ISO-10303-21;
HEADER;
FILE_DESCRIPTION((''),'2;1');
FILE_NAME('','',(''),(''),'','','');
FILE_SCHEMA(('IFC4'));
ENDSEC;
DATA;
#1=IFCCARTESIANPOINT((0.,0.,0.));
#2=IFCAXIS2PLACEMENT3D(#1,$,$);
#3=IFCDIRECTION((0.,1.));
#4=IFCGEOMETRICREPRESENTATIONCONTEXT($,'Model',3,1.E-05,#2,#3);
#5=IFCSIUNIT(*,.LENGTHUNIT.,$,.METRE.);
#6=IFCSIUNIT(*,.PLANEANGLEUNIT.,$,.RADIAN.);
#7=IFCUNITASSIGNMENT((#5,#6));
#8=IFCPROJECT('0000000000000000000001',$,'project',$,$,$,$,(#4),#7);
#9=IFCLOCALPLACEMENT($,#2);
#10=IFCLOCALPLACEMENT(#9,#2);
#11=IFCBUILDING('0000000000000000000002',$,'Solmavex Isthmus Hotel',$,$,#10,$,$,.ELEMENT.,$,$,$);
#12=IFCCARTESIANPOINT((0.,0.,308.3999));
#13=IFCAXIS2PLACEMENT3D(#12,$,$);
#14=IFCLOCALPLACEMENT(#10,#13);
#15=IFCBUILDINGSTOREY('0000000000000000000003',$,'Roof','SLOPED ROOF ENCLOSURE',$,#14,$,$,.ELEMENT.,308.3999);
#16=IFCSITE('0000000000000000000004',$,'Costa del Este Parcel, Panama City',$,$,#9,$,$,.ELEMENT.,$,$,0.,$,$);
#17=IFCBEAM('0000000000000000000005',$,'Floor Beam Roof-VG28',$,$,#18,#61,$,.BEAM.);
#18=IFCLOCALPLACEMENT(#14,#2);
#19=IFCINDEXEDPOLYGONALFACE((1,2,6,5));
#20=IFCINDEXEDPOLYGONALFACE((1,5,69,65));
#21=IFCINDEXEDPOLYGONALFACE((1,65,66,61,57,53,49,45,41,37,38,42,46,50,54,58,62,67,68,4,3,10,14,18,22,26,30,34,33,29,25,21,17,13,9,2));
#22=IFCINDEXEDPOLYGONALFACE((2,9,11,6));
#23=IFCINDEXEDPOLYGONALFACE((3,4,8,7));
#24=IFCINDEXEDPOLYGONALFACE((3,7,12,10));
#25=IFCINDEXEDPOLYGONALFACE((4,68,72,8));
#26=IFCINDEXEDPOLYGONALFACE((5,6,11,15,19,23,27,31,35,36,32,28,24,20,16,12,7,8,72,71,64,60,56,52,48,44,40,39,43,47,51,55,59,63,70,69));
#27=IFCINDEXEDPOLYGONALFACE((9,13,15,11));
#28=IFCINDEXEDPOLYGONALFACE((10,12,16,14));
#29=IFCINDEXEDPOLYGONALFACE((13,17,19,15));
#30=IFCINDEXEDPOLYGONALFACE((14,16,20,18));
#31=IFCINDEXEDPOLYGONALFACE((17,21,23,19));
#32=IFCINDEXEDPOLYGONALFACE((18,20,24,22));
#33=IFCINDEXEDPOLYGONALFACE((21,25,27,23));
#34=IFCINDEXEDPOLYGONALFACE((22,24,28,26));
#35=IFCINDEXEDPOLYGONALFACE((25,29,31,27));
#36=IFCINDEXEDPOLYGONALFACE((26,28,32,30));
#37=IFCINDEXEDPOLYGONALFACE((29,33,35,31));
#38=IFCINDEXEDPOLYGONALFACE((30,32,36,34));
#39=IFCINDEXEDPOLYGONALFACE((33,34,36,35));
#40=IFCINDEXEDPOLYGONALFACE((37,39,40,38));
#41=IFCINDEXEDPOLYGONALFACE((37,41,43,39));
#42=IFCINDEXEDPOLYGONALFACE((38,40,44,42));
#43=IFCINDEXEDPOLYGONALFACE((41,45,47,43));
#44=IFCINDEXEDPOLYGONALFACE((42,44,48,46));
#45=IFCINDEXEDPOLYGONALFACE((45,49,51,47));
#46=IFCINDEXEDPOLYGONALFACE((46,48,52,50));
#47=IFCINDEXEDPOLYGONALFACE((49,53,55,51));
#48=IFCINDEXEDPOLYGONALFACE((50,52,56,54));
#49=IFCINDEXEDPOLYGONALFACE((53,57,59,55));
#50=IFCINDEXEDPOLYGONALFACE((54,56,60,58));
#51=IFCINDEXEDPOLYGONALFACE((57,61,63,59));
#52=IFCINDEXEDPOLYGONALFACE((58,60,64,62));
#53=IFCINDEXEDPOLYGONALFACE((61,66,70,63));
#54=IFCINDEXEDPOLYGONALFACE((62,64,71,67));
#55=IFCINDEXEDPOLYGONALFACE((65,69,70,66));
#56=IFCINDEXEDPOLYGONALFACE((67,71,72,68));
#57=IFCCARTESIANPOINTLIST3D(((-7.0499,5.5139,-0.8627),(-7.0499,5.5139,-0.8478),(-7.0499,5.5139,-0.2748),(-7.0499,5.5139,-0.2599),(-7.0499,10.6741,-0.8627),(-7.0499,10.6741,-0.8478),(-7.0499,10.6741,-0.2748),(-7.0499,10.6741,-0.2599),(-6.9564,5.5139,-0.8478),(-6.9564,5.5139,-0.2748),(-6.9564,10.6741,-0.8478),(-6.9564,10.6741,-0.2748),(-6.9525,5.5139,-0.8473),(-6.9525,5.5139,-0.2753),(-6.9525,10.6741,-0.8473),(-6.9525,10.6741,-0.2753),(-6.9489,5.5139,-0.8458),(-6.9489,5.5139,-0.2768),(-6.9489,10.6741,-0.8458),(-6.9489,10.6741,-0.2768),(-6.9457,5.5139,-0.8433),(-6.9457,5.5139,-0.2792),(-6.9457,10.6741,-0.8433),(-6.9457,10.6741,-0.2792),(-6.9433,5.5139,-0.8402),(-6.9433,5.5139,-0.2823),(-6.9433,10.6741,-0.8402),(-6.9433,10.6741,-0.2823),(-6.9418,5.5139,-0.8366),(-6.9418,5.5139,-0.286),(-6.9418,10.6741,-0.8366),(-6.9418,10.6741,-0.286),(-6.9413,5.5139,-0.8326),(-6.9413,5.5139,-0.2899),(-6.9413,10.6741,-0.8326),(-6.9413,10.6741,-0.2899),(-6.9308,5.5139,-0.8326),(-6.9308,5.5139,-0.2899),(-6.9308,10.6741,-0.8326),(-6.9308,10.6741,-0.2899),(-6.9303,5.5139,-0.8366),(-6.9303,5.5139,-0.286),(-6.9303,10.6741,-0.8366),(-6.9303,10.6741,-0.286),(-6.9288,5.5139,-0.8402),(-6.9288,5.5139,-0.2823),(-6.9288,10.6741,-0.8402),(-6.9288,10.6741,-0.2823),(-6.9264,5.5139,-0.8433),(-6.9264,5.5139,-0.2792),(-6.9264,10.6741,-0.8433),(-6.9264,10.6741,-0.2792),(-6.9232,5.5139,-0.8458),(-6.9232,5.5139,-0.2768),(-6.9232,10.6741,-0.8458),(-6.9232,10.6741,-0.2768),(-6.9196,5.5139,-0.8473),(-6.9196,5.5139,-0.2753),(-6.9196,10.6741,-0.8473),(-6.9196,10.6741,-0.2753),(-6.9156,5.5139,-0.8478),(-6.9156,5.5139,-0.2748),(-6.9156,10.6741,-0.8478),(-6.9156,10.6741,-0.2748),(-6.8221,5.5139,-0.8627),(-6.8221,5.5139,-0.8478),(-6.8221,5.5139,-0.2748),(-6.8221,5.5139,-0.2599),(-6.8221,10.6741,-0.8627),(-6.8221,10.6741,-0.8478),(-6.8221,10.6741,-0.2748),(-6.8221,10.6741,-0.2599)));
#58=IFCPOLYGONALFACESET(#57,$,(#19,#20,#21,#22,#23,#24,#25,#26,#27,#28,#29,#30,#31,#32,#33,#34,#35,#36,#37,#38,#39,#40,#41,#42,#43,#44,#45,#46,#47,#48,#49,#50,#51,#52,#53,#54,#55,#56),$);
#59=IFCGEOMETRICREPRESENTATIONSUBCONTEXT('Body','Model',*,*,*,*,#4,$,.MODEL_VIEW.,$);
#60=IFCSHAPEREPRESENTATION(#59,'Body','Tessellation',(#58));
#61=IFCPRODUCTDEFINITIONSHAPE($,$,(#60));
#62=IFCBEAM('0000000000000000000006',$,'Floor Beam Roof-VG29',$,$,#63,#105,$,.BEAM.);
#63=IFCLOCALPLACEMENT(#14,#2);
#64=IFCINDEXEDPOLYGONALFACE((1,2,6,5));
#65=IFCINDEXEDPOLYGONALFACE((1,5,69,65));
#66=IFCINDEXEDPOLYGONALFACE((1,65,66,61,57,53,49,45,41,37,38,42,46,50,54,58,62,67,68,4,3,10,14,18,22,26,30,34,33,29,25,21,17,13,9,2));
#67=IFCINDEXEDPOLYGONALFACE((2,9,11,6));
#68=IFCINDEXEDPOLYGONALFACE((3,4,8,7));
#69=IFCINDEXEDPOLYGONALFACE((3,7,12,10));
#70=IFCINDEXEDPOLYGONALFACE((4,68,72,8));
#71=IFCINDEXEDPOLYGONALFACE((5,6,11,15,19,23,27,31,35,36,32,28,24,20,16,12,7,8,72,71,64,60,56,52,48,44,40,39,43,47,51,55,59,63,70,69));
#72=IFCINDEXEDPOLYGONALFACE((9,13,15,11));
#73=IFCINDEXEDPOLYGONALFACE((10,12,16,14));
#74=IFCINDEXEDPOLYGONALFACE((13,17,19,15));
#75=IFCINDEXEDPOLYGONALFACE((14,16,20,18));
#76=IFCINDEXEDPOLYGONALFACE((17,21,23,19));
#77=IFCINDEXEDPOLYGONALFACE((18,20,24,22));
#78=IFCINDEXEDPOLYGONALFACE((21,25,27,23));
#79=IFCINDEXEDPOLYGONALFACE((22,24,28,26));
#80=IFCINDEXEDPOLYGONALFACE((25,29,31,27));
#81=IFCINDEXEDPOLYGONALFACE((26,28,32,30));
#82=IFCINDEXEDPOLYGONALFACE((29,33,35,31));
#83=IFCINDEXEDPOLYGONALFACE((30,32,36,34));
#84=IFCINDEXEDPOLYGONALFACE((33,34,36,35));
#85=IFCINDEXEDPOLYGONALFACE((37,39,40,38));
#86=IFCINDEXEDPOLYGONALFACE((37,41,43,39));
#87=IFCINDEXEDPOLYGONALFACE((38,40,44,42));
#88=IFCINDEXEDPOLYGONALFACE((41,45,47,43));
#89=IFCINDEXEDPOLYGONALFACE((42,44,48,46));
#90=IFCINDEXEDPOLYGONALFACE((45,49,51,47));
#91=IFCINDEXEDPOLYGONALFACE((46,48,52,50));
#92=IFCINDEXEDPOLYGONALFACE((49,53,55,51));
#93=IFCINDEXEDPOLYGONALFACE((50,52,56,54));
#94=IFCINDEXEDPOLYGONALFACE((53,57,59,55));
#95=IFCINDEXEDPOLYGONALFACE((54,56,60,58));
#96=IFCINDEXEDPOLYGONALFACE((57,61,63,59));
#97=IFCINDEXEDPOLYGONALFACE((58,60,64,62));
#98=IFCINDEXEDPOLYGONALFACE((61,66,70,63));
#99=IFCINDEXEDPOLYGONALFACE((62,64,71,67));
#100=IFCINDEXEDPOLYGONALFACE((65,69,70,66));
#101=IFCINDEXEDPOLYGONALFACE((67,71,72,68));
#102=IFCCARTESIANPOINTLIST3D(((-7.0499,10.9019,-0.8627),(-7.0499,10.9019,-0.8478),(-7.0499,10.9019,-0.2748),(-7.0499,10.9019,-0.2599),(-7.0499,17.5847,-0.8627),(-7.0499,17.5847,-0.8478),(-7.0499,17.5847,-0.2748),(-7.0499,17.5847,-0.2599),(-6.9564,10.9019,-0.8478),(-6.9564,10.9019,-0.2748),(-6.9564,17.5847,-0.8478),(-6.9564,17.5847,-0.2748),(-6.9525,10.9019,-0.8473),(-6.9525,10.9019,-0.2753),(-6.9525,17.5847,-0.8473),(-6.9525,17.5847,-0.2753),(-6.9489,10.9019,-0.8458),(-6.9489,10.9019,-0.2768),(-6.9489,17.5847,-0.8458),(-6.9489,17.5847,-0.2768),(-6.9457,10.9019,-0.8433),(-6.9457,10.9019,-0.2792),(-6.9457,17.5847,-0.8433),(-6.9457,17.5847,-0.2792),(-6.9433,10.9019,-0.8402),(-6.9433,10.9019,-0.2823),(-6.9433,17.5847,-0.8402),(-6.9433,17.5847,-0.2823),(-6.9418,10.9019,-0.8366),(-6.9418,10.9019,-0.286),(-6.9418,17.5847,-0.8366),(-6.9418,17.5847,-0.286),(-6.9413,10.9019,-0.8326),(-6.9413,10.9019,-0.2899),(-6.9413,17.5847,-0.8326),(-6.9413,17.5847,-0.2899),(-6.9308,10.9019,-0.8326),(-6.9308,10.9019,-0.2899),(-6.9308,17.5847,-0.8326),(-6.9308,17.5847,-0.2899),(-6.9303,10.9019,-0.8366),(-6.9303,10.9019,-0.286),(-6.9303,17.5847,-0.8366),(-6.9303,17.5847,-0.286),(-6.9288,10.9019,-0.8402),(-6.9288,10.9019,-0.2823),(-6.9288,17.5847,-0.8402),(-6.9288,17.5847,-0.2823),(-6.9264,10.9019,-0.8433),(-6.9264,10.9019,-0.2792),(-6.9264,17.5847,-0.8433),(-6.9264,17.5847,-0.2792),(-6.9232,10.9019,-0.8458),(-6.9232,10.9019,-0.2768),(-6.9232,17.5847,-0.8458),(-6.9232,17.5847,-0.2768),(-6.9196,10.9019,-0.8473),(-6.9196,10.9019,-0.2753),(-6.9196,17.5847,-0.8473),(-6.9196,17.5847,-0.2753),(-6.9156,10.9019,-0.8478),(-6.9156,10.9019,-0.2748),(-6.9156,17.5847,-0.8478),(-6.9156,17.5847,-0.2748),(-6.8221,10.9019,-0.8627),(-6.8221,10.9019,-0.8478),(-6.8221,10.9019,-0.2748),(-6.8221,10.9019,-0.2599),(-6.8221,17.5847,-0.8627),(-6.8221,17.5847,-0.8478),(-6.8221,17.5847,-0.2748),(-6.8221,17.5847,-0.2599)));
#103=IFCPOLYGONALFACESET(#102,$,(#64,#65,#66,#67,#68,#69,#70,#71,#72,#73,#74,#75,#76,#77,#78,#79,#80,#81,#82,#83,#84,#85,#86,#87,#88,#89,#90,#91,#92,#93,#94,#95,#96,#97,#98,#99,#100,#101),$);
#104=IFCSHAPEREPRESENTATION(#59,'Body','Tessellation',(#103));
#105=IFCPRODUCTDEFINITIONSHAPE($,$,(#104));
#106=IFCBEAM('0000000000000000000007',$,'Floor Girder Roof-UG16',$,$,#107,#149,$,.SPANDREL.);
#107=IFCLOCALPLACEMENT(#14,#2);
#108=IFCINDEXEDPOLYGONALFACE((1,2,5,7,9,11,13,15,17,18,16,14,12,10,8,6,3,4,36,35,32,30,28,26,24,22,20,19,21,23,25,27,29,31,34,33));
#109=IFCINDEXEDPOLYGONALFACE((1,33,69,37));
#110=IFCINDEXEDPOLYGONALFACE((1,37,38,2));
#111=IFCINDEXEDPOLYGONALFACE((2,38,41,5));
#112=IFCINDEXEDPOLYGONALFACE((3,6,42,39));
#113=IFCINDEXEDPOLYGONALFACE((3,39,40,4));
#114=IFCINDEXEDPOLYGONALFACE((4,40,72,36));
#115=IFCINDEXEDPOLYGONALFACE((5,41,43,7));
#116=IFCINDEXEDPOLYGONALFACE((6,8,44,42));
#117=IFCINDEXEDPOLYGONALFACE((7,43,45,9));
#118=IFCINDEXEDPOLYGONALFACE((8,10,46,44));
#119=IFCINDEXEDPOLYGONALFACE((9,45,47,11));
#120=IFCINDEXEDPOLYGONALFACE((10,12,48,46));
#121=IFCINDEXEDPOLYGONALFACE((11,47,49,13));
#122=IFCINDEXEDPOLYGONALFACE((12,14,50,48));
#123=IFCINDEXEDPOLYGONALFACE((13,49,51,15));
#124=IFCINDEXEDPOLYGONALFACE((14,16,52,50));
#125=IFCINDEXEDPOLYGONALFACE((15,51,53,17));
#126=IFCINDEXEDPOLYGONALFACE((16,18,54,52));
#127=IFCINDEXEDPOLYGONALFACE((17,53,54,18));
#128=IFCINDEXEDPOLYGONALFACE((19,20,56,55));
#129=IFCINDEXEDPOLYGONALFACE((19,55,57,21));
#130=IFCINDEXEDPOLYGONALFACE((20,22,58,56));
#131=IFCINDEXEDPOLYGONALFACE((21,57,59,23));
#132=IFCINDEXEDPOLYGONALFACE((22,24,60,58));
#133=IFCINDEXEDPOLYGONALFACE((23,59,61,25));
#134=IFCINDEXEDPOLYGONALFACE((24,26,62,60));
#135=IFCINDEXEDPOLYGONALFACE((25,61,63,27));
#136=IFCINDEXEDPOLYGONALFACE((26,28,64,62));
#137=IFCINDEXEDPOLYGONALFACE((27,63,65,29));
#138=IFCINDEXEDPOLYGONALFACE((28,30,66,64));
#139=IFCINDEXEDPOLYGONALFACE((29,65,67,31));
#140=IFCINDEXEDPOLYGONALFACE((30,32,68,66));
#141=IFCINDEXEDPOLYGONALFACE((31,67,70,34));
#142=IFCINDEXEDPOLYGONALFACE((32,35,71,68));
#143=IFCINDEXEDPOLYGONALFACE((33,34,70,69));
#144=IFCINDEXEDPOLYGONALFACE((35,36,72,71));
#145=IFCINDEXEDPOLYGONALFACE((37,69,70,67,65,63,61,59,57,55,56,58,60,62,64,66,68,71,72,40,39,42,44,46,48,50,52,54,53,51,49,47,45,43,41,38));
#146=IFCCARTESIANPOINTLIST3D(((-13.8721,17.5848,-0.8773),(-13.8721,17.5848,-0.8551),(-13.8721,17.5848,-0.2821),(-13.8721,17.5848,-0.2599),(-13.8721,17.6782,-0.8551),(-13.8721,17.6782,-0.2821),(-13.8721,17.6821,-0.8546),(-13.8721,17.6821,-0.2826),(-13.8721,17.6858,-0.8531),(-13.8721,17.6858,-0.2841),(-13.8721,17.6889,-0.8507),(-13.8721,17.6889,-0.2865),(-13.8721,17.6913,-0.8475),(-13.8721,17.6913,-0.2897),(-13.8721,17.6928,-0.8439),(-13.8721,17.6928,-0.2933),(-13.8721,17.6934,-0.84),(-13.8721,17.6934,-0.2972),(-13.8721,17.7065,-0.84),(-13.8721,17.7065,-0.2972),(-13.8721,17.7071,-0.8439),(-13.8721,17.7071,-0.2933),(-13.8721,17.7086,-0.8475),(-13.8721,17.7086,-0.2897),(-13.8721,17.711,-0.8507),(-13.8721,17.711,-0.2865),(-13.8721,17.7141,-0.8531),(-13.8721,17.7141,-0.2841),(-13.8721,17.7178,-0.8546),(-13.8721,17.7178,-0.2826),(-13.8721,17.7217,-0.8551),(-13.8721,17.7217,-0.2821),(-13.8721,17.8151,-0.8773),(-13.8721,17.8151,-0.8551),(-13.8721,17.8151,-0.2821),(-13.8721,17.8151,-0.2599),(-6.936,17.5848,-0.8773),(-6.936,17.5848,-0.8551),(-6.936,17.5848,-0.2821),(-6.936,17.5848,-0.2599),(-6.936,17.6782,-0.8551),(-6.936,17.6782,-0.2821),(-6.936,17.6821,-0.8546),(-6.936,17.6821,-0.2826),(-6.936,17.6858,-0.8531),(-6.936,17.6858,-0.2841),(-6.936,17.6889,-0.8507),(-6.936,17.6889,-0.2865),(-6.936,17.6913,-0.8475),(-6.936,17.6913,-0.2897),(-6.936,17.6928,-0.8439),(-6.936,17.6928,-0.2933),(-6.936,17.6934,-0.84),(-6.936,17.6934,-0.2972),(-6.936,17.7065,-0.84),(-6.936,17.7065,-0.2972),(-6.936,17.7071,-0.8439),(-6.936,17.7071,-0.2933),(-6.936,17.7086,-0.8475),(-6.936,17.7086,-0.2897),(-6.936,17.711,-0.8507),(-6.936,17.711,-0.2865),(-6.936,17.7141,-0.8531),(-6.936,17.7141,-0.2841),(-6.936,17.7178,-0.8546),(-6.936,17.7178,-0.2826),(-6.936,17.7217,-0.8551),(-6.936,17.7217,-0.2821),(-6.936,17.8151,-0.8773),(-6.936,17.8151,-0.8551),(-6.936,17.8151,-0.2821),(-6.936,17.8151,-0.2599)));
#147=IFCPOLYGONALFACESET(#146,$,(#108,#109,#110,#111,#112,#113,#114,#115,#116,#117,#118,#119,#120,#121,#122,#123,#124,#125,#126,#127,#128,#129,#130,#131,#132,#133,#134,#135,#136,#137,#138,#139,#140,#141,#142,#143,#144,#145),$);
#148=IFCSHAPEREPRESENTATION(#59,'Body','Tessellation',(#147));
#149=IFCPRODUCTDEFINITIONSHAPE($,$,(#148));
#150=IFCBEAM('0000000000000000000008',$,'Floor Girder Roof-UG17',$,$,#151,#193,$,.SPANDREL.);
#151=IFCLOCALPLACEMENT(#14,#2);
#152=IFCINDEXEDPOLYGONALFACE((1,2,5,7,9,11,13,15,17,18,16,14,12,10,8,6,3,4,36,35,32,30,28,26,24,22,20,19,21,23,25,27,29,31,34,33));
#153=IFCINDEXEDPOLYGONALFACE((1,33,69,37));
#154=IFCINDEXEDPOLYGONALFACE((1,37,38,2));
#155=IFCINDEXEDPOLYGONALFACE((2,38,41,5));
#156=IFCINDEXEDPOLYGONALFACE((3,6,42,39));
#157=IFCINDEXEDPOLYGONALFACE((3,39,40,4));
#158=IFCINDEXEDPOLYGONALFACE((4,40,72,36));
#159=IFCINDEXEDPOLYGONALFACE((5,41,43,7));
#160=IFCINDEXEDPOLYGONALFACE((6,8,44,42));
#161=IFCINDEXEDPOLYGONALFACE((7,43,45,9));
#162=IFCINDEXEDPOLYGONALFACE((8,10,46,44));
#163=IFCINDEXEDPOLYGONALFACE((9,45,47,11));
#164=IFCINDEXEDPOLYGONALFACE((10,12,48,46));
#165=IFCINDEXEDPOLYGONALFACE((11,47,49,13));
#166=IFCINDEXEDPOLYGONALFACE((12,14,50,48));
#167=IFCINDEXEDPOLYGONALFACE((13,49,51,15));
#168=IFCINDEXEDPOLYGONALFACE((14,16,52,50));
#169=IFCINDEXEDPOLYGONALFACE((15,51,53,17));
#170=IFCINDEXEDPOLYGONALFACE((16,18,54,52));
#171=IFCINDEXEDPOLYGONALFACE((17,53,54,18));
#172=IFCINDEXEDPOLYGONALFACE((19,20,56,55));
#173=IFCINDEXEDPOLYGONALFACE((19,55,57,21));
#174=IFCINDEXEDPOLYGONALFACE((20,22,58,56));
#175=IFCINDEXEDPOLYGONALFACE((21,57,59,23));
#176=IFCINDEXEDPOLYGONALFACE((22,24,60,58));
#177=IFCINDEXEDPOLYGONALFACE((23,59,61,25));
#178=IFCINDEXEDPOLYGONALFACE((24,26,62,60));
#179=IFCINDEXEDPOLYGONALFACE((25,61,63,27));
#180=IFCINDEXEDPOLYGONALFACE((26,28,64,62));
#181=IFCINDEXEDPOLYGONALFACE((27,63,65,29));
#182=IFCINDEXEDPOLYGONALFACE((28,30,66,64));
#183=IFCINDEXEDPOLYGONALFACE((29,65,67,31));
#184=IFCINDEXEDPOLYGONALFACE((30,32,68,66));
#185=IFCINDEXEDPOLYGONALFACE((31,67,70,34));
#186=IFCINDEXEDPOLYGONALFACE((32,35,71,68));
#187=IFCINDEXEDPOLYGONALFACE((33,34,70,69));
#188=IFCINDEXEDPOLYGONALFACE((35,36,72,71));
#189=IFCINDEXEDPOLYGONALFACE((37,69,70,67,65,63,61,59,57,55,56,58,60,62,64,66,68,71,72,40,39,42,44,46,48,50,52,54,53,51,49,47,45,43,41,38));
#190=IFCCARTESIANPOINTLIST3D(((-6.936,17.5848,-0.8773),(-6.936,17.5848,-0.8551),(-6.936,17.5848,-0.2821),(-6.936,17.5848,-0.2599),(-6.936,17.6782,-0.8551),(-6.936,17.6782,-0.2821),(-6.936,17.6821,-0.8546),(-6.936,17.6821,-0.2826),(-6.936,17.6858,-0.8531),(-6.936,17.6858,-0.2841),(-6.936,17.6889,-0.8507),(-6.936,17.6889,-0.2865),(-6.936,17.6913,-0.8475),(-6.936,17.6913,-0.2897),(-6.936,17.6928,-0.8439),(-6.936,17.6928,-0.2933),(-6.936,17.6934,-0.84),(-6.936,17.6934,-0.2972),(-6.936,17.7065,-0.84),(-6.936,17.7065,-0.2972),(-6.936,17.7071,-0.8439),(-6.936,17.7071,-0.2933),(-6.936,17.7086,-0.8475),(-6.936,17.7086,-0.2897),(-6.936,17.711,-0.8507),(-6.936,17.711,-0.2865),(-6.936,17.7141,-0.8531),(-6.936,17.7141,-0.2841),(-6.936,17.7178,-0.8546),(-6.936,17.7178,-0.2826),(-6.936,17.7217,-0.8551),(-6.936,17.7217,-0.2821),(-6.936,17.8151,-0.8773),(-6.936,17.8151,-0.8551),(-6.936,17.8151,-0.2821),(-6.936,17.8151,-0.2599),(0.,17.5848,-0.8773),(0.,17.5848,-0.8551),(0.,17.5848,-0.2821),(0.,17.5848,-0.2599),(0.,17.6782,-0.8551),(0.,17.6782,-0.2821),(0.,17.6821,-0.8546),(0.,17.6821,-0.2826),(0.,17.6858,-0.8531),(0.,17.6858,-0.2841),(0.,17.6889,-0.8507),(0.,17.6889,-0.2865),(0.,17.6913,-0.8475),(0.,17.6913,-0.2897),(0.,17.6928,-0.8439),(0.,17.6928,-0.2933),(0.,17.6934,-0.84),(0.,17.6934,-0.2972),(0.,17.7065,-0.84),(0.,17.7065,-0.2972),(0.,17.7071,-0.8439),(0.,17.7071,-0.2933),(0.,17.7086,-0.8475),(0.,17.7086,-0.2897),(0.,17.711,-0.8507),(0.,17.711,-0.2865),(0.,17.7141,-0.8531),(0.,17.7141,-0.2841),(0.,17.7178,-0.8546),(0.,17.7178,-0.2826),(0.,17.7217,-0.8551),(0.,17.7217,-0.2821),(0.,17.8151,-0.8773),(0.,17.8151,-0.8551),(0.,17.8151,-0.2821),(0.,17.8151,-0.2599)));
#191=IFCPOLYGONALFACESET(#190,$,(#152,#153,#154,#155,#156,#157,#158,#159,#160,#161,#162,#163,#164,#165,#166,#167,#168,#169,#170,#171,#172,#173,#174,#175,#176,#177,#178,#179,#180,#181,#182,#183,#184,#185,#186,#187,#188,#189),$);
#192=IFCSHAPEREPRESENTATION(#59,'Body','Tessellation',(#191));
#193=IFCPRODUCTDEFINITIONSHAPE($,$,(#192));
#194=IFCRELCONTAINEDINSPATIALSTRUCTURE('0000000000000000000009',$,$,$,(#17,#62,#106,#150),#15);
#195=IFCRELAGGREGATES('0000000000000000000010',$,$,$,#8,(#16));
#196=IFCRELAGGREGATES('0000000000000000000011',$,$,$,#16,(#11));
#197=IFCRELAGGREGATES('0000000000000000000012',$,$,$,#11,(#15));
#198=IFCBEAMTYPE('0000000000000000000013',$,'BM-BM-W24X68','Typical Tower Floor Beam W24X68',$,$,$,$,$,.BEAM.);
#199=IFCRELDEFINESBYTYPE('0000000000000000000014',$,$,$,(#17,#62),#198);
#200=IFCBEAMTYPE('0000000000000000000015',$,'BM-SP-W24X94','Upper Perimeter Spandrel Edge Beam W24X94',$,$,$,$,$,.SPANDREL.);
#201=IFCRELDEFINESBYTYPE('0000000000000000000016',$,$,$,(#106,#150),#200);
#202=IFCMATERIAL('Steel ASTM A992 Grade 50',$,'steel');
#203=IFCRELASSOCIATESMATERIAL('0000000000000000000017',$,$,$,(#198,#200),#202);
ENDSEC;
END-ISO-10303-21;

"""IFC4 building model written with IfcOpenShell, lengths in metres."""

from ifc_helpers import new_model, si_unit, direction, frame, origin, origin_2d, place, context, subcontext, project, spatial, i_section, extrude, material, material_profile, profile_set, type_object, element, save


model = new_model("IFC4")

# Units and contexts
model_context = context("Model", 3, precision=1e-05, world=origin(), true_north=direction((0.0, 1.0)))
body_context = subcontext(model_context, "Body", "Model", "MODEL_VIEW")
ifc_project = project(units=[si_unit("LENGTHUNIT", "METRE"), si_unit("PLANEANGLEUNIT", "RADIAN")], contexts=[model_context])

# Site, building, storey
site_placement = place(None, origin())
site = spatial("IfcSite", under=ifc_project, at=site_placement, Name="Costa del Este Parcel, Panama City", CompositionType="ELEMENT", RefElevation=0.0)
building_placement = place(site_placement, origin())
building = spatial("IfcBuilding", under=site, at=building_placement, Name="Solmavex Isthmus Hotel", CompositionType="ELEMENT")
storey_placement = place(building_placement, frame((0.0, 0.0, 308.3999)))
storey = spatial("IfcBuildingStorey", under=building, at=storey_placement, Name="Roof", Description="SLOPED ROOF ENCLOSURE", CompositionType="ELEMENT", Elevation=308.3999)

# Beams
ifc_material_1 = material(Name="Steel ASTM A992 Grade 50", Category="steel")
ifc_material_profile_1 = material_profile(ifc_material_1, i_section(OverallWidth=0.2278, OverallDepth=0.6028, WebThickness=0.0105, FlangeThickness=0.0149, FilletRadius=0.0151, at=origin_2d()), Name="W24X68")
ifc_profile_set_1 = profile_set([ifc_material_profile_1], Name="Steel ASTM A992 Grade 50")
beam_type_1 = type_object("IfcBeamType", Name="BM-BM-W24X68", Description="Typical Tower Floor Beam W24X68", PredefinedType="BEAM", material=ifc_profile_set_1)
beam_1_placement = place(storey_placement, frame((-6.936, 5.5139, -0.5613), z_axis=(0.0, 1.0, 0.0), x_axis=(-1.0, 0.0, 0.0)))
element("IfcBeam", 1, at=beam_1_placement, inside=storey, type_object=beam_type_1, Name="Floor Beam Roof-VG28", PredefinedType="BEAM", context=body_context, shape_type="SweptSolid", body=[
    extrude(i_section(OverallWidth=0.2278, OverallDepth=0.6028, WebThickness=0.0105, FlangeThickness=0.0149, FilletRadius=0.0151, at=origin_2d()), origin(), (0.0, 0.0, 1.0), 5.1602),
])
beam_2_placement = place(storey_placement, frame((-6.936, 10.9019, -0.5613), z_axis=(0.0, 1.0, 0.0), x_axis=(-1.0, 0.0, 0.0)))
element("IfcBeam", 2, at=beam_2_placement, inside=storey, type_object=beam_type_1, Name="Floor Beam Roof-VG29", PredefinedType="BEAM", context=body_context, shape_type="SweptSolid", body=[
    extrude(i_section(OverallWidth=0.2278, OverallDepth=0.6028, WebThickness=0.0105, FlangeThickness=0.0149, FilletRadius=0.0151, at=origin_2d()), origin(), (0.0, 0.0, 1.0), 6.6829),
])
ifc_material_profile_2 = material_profile(ifc_material_1, i_section(OverallWidth=0.2302, OverallDepth=0.6174, WebThickness=0.0132, FlangeThickness=0.0222, FilletRadius=0.0151, at=origin_2d()), Name="W24X94")
ifc_profile_set_2 = profile_set([ifc_material_profile_2], Name="Steel ASTM A992 Grade 50")
beam_type_2 = type_object("IfcBeamType", Name="BM-SP-W24X94", Description="Upper Perimeter Spandrel Edge Beam W24X94", PredefinedType="SPANDREL", material=ifc_profile_set_2)
for number, where, z_axis, x_axis, name in (
    (3, (-13.8721, 17.7, -0.5686), (1.0, 0.0, 0.0), (0.0, 1.0, 0.0), "Floor Girder Roof-UG16"),
    (4, (-6.936, 17.7, -0.5686), (1.0, 0.0, 0.0), (0.0, 1.0, 0.0), "Floor Girder Roof-UG17"),
):
    element("IfcBeam", number, at=place(storey_placement, frame(where, z_axis=z_axis, x_axis=x_axis)), inside=storey, type_object=beam_type_2, Name=name, PredefinedType="SPANDREL", context=body_context, shape_type="SweptSolid", body=[
        extrude(i_section(OverallWidth=0.2302, OverallDepth=0.6174, WebThickness=0.0132, FlangeThickness=0.0222, FilletRadius=0.0151, at=origin_2d()), origin(), (0.0, 0.0, 1.0), 6.936),
    ])

save(model, "model.ifc")
